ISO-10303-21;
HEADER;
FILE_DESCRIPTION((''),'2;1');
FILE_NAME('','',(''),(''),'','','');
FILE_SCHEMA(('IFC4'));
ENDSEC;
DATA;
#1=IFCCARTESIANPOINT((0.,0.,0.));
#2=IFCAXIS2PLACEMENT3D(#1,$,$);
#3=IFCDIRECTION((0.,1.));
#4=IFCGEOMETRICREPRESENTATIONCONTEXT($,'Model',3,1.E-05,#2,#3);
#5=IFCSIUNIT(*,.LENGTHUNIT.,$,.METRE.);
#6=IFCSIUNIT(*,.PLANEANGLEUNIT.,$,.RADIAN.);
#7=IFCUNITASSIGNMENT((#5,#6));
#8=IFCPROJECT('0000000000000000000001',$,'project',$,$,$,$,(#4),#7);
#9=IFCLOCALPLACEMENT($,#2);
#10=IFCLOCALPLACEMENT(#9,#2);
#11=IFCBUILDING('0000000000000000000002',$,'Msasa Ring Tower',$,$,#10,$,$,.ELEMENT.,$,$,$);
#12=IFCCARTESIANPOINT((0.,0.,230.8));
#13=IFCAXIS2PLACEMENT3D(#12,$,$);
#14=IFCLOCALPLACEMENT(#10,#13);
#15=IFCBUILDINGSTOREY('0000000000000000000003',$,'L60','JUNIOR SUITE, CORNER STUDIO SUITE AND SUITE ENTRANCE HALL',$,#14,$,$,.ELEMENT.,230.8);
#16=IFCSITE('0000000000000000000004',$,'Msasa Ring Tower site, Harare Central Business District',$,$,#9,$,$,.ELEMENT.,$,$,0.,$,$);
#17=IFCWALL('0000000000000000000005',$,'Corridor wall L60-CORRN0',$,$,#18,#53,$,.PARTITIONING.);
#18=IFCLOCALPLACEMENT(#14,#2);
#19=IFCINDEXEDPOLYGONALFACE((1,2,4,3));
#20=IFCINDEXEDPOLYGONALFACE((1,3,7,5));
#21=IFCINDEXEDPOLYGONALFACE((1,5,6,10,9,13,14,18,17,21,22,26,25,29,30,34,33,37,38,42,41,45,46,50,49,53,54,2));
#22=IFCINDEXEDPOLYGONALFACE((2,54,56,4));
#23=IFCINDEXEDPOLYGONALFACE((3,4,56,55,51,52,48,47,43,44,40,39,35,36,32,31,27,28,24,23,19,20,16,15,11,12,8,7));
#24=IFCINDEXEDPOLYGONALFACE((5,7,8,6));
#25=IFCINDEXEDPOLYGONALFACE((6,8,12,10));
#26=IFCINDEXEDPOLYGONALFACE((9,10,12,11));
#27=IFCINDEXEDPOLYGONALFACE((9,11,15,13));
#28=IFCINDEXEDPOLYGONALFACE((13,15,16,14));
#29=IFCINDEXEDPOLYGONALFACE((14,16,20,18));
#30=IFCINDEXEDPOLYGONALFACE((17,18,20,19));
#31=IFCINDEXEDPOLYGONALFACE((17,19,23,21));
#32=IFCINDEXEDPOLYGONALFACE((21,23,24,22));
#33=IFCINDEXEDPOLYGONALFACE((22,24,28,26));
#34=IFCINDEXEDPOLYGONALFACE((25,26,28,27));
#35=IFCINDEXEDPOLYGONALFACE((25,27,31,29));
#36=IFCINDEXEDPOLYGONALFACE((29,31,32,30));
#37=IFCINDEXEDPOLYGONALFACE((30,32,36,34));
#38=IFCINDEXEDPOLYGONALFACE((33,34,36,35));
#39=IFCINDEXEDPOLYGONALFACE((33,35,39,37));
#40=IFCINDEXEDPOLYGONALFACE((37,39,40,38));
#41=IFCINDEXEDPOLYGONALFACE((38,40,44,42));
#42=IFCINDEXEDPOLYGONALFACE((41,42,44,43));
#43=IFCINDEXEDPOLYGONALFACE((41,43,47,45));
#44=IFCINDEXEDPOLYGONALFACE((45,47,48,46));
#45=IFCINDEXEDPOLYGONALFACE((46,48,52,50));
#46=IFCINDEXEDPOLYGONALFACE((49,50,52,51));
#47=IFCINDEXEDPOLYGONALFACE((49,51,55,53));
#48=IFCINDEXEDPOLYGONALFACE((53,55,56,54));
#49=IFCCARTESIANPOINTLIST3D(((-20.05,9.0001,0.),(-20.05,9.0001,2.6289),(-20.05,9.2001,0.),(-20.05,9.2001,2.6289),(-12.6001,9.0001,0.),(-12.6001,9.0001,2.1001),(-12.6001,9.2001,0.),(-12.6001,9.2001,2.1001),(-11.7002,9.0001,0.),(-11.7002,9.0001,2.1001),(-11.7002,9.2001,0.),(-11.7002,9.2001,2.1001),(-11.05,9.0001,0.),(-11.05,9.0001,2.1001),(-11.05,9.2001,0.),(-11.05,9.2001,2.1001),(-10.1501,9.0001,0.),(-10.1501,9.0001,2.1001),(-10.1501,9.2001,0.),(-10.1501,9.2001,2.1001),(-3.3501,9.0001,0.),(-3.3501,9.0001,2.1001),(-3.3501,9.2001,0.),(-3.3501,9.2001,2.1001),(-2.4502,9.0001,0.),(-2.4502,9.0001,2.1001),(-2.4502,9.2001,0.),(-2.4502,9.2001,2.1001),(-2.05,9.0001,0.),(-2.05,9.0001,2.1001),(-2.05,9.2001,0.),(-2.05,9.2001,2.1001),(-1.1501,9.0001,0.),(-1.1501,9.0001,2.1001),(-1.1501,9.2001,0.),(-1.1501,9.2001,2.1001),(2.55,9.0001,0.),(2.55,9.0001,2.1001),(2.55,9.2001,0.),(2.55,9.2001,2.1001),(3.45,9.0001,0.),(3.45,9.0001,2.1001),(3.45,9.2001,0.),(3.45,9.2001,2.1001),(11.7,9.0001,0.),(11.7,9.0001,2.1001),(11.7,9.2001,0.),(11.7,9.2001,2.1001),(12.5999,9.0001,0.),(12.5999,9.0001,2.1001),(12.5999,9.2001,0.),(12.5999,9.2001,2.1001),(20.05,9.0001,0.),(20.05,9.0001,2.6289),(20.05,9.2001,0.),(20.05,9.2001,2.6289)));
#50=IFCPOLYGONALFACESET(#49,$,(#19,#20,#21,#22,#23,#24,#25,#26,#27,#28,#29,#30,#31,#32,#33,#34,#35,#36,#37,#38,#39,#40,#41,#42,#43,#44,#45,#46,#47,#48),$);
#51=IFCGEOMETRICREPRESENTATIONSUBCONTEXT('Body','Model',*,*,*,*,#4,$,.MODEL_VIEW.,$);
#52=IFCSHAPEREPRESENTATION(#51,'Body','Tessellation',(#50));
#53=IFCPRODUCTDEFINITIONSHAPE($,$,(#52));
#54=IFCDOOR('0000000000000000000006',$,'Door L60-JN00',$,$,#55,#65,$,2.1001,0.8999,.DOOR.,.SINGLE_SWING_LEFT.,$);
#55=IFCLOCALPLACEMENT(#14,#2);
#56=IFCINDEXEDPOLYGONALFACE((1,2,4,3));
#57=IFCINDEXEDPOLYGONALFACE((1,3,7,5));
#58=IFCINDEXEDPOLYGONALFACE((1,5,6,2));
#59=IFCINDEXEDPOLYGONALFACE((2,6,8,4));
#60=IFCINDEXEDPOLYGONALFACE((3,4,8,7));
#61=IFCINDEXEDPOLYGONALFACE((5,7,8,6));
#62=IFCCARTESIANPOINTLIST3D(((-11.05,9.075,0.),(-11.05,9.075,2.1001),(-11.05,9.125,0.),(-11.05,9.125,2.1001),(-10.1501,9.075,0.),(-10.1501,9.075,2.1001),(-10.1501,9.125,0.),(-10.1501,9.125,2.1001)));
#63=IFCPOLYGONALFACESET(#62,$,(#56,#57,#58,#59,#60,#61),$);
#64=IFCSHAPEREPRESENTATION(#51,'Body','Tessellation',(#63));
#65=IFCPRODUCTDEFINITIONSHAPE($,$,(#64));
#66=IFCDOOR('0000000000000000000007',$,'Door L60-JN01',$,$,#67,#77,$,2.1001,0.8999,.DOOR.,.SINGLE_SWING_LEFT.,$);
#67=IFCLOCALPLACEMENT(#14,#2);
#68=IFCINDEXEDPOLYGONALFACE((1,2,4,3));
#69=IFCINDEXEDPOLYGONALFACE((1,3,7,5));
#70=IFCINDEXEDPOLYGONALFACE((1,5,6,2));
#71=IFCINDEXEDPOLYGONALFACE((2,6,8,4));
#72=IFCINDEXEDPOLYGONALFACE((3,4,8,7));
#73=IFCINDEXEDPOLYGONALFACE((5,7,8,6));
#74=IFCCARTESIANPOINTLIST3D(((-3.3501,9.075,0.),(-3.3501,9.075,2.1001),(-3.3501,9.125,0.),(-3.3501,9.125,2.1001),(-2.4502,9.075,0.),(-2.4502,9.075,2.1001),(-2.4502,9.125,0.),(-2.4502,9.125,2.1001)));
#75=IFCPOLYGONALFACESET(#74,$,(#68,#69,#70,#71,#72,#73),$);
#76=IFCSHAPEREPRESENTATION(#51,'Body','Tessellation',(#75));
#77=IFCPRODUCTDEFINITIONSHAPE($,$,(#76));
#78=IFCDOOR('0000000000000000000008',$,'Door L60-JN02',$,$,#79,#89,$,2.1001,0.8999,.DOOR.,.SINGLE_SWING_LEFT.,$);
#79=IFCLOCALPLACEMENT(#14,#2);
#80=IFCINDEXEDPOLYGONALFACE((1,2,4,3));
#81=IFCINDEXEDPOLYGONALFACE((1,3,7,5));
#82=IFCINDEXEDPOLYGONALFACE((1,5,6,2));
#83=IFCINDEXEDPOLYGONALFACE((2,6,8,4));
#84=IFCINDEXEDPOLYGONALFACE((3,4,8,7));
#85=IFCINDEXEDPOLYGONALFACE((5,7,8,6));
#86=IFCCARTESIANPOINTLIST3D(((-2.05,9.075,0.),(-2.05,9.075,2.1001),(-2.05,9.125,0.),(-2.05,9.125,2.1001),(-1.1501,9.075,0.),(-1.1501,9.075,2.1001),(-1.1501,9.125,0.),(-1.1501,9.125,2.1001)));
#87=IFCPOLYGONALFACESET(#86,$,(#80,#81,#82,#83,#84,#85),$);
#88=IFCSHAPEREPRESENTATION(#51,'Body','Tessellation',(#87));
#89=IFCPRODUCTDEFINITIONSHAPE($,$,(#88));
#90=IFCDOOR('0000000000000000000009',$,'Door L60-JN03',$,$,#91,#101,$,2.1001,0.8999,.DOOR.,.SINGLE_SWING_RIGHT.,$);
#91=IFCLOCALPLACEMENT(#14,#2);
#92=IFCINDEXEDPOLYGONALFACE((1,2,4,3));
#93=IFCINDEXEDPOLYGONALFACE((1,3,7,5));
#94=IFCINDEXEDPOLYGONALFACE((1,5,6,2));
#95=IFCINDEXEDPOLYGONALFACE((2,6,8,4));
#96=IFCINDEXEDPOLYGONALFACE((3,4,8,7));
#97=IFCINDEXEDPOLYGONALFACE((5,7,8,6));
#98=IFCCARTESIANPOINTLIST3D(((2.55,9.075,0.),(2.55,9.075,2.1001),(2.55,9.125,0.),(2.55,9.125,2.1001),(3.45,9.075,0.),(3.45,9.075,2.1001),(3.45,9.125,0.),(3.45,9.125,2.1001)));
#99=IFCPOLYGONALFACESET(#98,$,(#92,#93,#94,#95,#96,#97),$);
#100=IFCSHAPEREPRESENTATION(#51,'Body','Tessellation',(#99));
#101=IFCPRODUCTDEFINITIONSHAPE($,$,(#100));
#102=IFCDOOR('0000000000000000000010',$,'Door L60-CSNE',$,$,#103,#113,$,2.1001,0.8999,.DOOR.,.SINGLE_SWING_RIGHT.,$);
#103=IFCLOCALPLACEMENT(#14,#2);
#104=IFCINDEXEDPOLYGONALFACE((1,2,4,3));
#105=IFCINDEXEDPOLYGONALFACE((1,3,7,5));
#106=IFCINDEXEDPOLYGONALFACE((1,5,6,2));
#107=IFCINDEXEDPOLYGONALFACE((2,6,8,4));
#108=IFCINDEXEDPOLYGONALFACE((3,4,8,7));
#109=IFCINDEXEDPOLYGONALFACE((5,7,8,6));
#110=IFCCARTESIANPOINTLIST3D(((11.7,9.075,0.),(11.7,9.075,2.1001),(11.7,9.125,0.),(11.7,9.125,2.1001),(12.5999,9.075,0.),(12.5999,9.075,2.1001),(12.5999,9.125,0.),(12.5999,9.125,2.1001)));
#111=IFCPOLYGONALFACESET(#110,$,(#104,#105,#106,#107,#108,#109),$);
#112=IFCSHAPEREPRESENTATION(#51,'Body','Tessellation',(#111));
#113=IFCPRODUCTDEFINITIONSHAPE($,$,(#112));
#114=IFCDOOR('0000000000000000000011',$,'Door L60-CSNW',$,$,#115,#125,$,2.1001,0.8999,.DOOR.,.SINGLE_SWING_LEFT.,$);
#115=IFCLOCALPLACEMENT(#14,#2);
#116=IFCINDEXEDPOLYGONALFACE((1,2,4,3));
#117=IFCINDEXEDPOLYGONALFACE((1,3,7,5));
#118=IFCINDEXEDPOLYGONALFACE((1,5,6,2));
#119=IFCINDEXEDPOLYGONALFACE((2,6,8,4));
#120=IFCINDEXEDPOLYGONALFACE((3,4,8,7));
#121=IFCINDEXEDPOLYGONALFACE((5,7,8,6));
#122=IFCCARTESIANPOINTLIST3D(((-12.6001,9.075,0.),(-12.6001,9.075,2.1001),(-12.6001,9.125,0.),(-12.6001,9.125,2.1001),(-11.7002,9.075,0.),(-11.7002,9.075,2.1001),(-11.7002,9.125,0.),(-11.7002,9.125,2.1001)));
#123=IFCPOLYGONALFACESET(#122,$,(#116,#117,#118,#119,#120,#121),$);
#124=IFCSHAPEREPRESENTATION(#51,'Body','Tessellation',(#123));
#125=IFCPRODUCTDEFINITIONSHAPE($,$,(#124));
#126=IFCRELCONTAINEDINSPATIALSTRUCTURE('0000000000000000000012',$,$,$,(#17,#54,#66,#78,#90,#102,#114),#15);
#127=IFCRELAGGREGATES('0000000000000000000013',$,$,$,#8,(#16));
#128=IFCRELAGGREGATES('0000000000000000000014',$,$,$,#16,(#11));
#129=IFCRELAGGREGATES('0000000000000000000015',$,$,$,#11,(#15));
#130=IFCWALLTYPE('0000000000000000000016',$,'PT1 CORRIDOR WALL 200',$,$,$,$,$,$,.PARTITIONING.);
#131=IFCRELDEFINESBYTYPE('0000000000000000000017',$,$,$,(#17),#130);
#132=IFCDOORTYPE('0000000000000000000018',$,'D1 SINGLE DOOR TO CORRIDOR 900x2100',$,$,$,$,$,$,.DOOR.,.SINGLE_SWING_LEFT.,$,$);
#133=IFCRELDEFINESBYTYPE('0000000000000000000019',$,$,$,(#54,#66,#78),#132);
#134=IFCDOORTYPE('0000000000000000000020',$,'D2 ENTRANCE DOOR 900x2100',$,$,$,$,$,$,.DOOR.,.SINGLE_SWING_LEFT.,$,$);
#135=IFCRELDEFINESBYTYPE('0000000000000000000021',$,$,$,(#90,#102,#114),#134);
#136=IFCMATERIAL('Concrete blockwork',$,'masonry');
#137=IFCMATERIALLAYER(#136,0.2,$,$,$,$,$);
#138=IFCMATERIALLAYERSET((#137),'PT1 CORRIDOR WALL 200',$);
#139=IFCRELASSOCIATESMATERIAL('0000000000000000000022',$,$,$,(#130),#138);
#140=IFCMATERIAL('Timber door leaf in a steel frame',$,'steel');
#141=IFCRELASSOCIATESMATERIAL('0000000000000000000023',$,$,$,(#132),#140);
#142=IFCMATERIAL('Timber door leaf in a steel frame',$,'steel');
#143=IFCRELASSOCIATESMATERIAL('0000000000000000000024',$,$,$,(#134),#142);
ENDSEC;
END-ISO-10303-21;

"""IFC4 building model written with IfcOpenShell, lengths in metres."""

from ifc_helpers import new_model, si_unit, direction, frame, frame_2d, origin, place, context, subcontext, project, spatial, rectangle, extrude, material, layer, layer_set, type_object, element, fill, save


model = new_model("IFC4")

# Units and contexts
model_context = context("Model", 3, precision=1e-05, world=origin(), true_north=direction((0.0, 1.0)))
body_context = subcontext(model_context, "Body", "Model", "MODEL_VIEW")
ifc_project = project(units=[si_unit("LENGTHUNIT", "METRE"), si_unit("PLANEANGLEUNIT", "RADIAN")], contexts=[model_context])

# Site, building, storey
site_placement = place(None, origin())
site = spatial("IfcSite", under=ifc_project, at=site_placement, Name="Msasa Ring Tower site, Harare Central Business District", CompositionType="ELEMENT", RefElevation=0.0)
building_placement = place(site_placement, origin())
building = spatial("IfcBuilding", under=site, at=building_placement, Name="Msasa Ring Tower", CompositionType="ELEMENT")
storey_placement = place(building_placement, frame((0.0, 0.0, 230.8)))
storey = spatial("IfcBuildingStorey", under=building, at=storey_placement, Name="L60", Description="JUNIOR SUITE, CORNER STUDIO SUITE AND SUITE ENTRANCE HALL", CompositionType="ELEMENT", Elevation=230.8)

# Wall, openings, doors
ifc_material_1 = material(Name="Concrete blockwork", Category="masonry")
ifc_layer_1 = layer(ifc_material_1, 0.2)
ifc_layer_set_1 = layer_set([ifc_layer_1], Name="PT1 CORRIDOR WALL 200")
wall_type_1 = type_object("IfcWallType", Name="PT1 CORRIDOR WALL 200", PredefinedType="PARTITIONING", material=ifc_layer_set_1)
wall_1_placement = place(storey_placement, frame((-20.05, 9.1001, 0.0), z_axis=(0.0, 0.0, 1.0), x_axis=(1.0, 0.0, 0.0)))
wall_1 = element("IfcWall", 1, at=wall_1_placement, inside=storey, type_object=wall_type_1, Name="Corridor wall L60-CORRN0", PredefinedType="PARTITIONING", context=body_context, shape_type="SweptSolid", body=[
    extrude(rectangle(XDim=40.1001, YDim=0.2, at=frame_2d((20.05, 0.0))), origin(), (0.0, 0.0, 1.0), 2.6289),
])
opening_1_placement = place(wall_1_placement, frame((9.0, 0.0, 0.0)))
opening_1 = element("IfcOpeningElement", 2, at=opening_1_placement, cuts=wall_1, PredefinedType="OPENING", context=body_context, shape_type="SweptSolid", body=[
    extrude(rectangle(XDim=0.8999, YDim=2.1001, at=frame_2d((0.45, 1.05))), frame((0.0, 0.1099, 0.0), z_axis=(0.0, -1.0, 0.0), x_axis=(1.0, 0.0, 0.0)), (0.0, 0.0, 1.0), 0.22),
])
opening_2_placement = place(wall_1_placement, frame((16.7, 0.0, 0.0)))
opening_2 = element("IfcOpeningElement", 3, at=opening_2_placement, cuts=wall_1, PredefinedType="OPENING", context=body_context, shape_type="SweptSolid", body=[
    extrude(rectangle(XDim=0.8999, YDim=2.1001, at=frame_2d((0.45, 1.05))), frame((0.0, 0.1099, 0.0), z_axis=(0.0, -1.0, 0.0), x_axis=(1.0, 0.0, 0.0)), (0.0, 0.0, 1.0), 0.22),
])
opening_3_placement = place(wall_1_placement, frame((18.0, 0.0, 0.0)))
opening_3 = element("IfcOpeningElement", 4, at=opening_3_placement, cuts=wall_1, PredefinedType="OPENING", context=body_context, shape_type="SweptSolid", body=[
    extrude(rectangle(XDim=0.8999, YDim=2.1001, at=frame_2d((0.45, 1.05))), frame((0.0, 0.1099, 0.0), z_axis=(0.0, -1.0, 0.0), x_axis=(1.0, 0.0, 0.0)), (0.0, 0.0, 1.0), 0.22),
])
opening_4_placement = place(wall_1_placement, frame((22.6001, 0.0, 0.0)))
opening_4 = element("IfcOpeningElement", 5, at=opening_4_placement, cuts=wall_1, PredefinedType="OPENING", context=body_context, shape_type="SweptSolid", body=[
    extrude(rectangle(XDim=0.8999, YDim=2.1001, at=frame_2d((0.45, 1.05))), frame((0.0, 0.1099, 0.0), z_axis=(0.0, -1.0, 0.0), x_axis=(1.0, 0.0, 0.0)), (0.0, 0.0, 1.0), 0.22),
])
opening_5_placement = place(wall_1_placement, frame((31.75, 0.0, 0.0)))
opening_5 = element("IfcOpeningElement", 6, at=opening_5_placement, cuts=wall_1, PredefinedType="OPENING", context=body_context, shape_type="SweptSolid", body=[
    extrude(rectangle(XDim=0.8999, YDim=2.1001, at=frame_2d((0.45, 1.05))), frame((0.0, 0.1099, 0.0), z_axis=(0.0, -1.0, 0.0), x_axis=(1.0, 0.0, 0.0)), (0.0, 0.0, 1.0), 0.22),
])
opening_6_placement = place(wall_1_placement, frame((7.45, 0.0, 0.0)))
opening_6 = element("IfcOpeningElement", 7, at=opening_6_placement, cuts=wall_1, PredefinedType="OPENING", context=body_context, shape_type="SweptSolid", body=[
    extrude(rectangle(XDim=0.8999, YDim=2.1001, at=frame_2d((0.45, 1.05))), frame((0.0, 0.1099, 0.0), z_axis=(0.0, -1.0, 0.0), x_axis=(1.0, 0.0, 0.0)), (0.0, 0.0, 1.0), 0.22),
])
ifc_material_2 = material(Name="Timber door leaf in a steel frame", Category="steel")
door_type_1 = type_object("IfcDoorType", Name="D1 SINGLE DOOR TO CORRIDOR 900x2100", OperationType="SINGLE_SWING_LEFT", PredefinedType="DOOR", material=ifc_material_2)
door_1_placement = place(opening_1_placement, origin())
door_1 = element("IfcDoor", 8, at=door_1_placement, inside=storey, type_object=door_type_1, Name="Door L60-JN00", OperationType="SINGLE_SWING_LEFT", OverallHeight=2.1001, OverallWidth=0.8999, PredefinedType="DOOR", context=body_context, shape_type="SweptSolid", body=[
    extrude(rectangle(XDim=0.8999, YDim=2.1001, at=frame_2d((0.45, 1.05))), frame((0.0, 0.0249, 0.0), z_axis=(0.0, -1.0, 0.0), x_axis=(1.0, 0.0, 0.0)), (0.0, 0.0, 1.0), 0.05),
])
fill(opening_1, door_1)
door_2_placement = place(opening_2_placement, origin())
door_2 = element("IfcDoor", 9, at=door_2_placement, inside=storey, type_object=door_type_1, Name="Door L60-JN01", OperationType="SINGLE_SWING_LEFT", OverallHeight=2.1001, OverallWidth=0.8999, PredefinedType="DOOR", context=body_context, shape_type="SweptSolid", body=[
    extrude(rectangle(XDim=0.8999, YDim=2.1001, at=frame_2d((0.45, 1.05))), frame((0.0, 0.0249, 0.0), z_axis=(0.0, -1.0, 0.0), x_axis=(1.0, 0.0, 0.0)), (0.0, 0.0, 1.0), 0.05),
])
fill(opening_2, door_2)
door_3_placement = place(opening_3_placement, origin())
door_3 = element("IfcDoor", 10, at=door_3_placement, inside=storey, type_object=door_type_1, Name="Door L60-JN02", OperationType="SINGLE_SWING_LEFT", OverallHeight=2.1001, OverallWidth=0.8999, PredefinedType="DOOR", context=body_context, shape_type="SweptSolid", body=[
    extrude(rectangle(XDim=0.8999, YDim=2.1001, at=frame_2d((0.45, 1.05))), frame((0.0, 0.0249, 0.0), z_axis=(0.0, -1.0, 0.0), x_axis=(1.0, 0.0, 0.0)), (0.0, 0.0, 1.0), 0.05),
])
fill(opening_3, door_3)
ifc_material_3 = material(Name="Timber door leaf in a steel frame", Category="steel")
door_type_2 = type_object("IfcDoorType", Name="D2 ENTRANCE DOOR 900x2100", OperationType="SINGLE_SWING_LEFT", PredefinedType="DOOR", material=ifc_material_3)
door_4_placement = place(opening_4_placement, origin())
door_4 = element("IfcDoor", 11, at=door_4_placement, inside=storey, type_object=door_type_2, Name="Door L60-JN03", OperationType="SINGLE_SWING_RIGHT", OverallHeight=2.1001, OverallWidth=0.8999, PredefinedType="DOOR", context=body_context, shape_type="SweptSolid", body=[
    extrude(rectangle(XDim=0.8999, YDim=2.1001, at=frame_2d((0.45, 1.05))), frame((0.0, 0.0249, 0.0), z_axis=(0.0, -1.0, 0.0), x_axis=(1.0, 0.0, 0.0)), (0.0, 0.0, 1.0), 0.05),
])
fill(opening_4, door_4)
door_5_placement = place(opening_5_placement, origin())
door_5 = element("IfcDoor", 12, at=door_5_placement, inside=storey, type_object=door_type_2, Name="Door L60-CSNE", OperationType="SINGLE_SWING_RIGHT", OverallHeight=2.1001, OverallWidth=0.8999, PredefinedType="DOOR", context=body_context, shape_type="SweptSolid", body=[
    extrude(rectangle(XDim=0.8999, YDim=2.1001, at=frame_2d((0.45, 1.05))), frame((0.0, 0.0249, 0.0), z_axis=(0.0, -1.0, 0.0), x_axis=(1.0, 0.0, 0.0)), (0.0, 0.0, 1.0), 0.05),
])
fill(opening_5, door_5)
door_6_placement = place(opening_6_placement, origin())
door_6 = element("IfcDoor", 13, at=door_6_placement, inside=storey, type_object=door_type_2, Name="Door L60-CSNW", OperationType="SINGLE_SWING_LEFT", OverallHeight=2.1001, OverallWidth=0.8999, PredefinedType="DOOR", context=body_context, shape_type="SweptSolid", body=[
    extrude(rectangle(XDim=0.8999, YDim=2.1001, at=frame_2d((0.45, 1.05))), frame((0.0, 0.0249, 0.0), z_axis=(0.0, -1.0, 0.0), x_axis=(1.0, 0.0, 0.0)), (0.0, 0.0, 1.0), 0.05),
])
fill(opening_6, door_6)

save(model, "model.ifc")
